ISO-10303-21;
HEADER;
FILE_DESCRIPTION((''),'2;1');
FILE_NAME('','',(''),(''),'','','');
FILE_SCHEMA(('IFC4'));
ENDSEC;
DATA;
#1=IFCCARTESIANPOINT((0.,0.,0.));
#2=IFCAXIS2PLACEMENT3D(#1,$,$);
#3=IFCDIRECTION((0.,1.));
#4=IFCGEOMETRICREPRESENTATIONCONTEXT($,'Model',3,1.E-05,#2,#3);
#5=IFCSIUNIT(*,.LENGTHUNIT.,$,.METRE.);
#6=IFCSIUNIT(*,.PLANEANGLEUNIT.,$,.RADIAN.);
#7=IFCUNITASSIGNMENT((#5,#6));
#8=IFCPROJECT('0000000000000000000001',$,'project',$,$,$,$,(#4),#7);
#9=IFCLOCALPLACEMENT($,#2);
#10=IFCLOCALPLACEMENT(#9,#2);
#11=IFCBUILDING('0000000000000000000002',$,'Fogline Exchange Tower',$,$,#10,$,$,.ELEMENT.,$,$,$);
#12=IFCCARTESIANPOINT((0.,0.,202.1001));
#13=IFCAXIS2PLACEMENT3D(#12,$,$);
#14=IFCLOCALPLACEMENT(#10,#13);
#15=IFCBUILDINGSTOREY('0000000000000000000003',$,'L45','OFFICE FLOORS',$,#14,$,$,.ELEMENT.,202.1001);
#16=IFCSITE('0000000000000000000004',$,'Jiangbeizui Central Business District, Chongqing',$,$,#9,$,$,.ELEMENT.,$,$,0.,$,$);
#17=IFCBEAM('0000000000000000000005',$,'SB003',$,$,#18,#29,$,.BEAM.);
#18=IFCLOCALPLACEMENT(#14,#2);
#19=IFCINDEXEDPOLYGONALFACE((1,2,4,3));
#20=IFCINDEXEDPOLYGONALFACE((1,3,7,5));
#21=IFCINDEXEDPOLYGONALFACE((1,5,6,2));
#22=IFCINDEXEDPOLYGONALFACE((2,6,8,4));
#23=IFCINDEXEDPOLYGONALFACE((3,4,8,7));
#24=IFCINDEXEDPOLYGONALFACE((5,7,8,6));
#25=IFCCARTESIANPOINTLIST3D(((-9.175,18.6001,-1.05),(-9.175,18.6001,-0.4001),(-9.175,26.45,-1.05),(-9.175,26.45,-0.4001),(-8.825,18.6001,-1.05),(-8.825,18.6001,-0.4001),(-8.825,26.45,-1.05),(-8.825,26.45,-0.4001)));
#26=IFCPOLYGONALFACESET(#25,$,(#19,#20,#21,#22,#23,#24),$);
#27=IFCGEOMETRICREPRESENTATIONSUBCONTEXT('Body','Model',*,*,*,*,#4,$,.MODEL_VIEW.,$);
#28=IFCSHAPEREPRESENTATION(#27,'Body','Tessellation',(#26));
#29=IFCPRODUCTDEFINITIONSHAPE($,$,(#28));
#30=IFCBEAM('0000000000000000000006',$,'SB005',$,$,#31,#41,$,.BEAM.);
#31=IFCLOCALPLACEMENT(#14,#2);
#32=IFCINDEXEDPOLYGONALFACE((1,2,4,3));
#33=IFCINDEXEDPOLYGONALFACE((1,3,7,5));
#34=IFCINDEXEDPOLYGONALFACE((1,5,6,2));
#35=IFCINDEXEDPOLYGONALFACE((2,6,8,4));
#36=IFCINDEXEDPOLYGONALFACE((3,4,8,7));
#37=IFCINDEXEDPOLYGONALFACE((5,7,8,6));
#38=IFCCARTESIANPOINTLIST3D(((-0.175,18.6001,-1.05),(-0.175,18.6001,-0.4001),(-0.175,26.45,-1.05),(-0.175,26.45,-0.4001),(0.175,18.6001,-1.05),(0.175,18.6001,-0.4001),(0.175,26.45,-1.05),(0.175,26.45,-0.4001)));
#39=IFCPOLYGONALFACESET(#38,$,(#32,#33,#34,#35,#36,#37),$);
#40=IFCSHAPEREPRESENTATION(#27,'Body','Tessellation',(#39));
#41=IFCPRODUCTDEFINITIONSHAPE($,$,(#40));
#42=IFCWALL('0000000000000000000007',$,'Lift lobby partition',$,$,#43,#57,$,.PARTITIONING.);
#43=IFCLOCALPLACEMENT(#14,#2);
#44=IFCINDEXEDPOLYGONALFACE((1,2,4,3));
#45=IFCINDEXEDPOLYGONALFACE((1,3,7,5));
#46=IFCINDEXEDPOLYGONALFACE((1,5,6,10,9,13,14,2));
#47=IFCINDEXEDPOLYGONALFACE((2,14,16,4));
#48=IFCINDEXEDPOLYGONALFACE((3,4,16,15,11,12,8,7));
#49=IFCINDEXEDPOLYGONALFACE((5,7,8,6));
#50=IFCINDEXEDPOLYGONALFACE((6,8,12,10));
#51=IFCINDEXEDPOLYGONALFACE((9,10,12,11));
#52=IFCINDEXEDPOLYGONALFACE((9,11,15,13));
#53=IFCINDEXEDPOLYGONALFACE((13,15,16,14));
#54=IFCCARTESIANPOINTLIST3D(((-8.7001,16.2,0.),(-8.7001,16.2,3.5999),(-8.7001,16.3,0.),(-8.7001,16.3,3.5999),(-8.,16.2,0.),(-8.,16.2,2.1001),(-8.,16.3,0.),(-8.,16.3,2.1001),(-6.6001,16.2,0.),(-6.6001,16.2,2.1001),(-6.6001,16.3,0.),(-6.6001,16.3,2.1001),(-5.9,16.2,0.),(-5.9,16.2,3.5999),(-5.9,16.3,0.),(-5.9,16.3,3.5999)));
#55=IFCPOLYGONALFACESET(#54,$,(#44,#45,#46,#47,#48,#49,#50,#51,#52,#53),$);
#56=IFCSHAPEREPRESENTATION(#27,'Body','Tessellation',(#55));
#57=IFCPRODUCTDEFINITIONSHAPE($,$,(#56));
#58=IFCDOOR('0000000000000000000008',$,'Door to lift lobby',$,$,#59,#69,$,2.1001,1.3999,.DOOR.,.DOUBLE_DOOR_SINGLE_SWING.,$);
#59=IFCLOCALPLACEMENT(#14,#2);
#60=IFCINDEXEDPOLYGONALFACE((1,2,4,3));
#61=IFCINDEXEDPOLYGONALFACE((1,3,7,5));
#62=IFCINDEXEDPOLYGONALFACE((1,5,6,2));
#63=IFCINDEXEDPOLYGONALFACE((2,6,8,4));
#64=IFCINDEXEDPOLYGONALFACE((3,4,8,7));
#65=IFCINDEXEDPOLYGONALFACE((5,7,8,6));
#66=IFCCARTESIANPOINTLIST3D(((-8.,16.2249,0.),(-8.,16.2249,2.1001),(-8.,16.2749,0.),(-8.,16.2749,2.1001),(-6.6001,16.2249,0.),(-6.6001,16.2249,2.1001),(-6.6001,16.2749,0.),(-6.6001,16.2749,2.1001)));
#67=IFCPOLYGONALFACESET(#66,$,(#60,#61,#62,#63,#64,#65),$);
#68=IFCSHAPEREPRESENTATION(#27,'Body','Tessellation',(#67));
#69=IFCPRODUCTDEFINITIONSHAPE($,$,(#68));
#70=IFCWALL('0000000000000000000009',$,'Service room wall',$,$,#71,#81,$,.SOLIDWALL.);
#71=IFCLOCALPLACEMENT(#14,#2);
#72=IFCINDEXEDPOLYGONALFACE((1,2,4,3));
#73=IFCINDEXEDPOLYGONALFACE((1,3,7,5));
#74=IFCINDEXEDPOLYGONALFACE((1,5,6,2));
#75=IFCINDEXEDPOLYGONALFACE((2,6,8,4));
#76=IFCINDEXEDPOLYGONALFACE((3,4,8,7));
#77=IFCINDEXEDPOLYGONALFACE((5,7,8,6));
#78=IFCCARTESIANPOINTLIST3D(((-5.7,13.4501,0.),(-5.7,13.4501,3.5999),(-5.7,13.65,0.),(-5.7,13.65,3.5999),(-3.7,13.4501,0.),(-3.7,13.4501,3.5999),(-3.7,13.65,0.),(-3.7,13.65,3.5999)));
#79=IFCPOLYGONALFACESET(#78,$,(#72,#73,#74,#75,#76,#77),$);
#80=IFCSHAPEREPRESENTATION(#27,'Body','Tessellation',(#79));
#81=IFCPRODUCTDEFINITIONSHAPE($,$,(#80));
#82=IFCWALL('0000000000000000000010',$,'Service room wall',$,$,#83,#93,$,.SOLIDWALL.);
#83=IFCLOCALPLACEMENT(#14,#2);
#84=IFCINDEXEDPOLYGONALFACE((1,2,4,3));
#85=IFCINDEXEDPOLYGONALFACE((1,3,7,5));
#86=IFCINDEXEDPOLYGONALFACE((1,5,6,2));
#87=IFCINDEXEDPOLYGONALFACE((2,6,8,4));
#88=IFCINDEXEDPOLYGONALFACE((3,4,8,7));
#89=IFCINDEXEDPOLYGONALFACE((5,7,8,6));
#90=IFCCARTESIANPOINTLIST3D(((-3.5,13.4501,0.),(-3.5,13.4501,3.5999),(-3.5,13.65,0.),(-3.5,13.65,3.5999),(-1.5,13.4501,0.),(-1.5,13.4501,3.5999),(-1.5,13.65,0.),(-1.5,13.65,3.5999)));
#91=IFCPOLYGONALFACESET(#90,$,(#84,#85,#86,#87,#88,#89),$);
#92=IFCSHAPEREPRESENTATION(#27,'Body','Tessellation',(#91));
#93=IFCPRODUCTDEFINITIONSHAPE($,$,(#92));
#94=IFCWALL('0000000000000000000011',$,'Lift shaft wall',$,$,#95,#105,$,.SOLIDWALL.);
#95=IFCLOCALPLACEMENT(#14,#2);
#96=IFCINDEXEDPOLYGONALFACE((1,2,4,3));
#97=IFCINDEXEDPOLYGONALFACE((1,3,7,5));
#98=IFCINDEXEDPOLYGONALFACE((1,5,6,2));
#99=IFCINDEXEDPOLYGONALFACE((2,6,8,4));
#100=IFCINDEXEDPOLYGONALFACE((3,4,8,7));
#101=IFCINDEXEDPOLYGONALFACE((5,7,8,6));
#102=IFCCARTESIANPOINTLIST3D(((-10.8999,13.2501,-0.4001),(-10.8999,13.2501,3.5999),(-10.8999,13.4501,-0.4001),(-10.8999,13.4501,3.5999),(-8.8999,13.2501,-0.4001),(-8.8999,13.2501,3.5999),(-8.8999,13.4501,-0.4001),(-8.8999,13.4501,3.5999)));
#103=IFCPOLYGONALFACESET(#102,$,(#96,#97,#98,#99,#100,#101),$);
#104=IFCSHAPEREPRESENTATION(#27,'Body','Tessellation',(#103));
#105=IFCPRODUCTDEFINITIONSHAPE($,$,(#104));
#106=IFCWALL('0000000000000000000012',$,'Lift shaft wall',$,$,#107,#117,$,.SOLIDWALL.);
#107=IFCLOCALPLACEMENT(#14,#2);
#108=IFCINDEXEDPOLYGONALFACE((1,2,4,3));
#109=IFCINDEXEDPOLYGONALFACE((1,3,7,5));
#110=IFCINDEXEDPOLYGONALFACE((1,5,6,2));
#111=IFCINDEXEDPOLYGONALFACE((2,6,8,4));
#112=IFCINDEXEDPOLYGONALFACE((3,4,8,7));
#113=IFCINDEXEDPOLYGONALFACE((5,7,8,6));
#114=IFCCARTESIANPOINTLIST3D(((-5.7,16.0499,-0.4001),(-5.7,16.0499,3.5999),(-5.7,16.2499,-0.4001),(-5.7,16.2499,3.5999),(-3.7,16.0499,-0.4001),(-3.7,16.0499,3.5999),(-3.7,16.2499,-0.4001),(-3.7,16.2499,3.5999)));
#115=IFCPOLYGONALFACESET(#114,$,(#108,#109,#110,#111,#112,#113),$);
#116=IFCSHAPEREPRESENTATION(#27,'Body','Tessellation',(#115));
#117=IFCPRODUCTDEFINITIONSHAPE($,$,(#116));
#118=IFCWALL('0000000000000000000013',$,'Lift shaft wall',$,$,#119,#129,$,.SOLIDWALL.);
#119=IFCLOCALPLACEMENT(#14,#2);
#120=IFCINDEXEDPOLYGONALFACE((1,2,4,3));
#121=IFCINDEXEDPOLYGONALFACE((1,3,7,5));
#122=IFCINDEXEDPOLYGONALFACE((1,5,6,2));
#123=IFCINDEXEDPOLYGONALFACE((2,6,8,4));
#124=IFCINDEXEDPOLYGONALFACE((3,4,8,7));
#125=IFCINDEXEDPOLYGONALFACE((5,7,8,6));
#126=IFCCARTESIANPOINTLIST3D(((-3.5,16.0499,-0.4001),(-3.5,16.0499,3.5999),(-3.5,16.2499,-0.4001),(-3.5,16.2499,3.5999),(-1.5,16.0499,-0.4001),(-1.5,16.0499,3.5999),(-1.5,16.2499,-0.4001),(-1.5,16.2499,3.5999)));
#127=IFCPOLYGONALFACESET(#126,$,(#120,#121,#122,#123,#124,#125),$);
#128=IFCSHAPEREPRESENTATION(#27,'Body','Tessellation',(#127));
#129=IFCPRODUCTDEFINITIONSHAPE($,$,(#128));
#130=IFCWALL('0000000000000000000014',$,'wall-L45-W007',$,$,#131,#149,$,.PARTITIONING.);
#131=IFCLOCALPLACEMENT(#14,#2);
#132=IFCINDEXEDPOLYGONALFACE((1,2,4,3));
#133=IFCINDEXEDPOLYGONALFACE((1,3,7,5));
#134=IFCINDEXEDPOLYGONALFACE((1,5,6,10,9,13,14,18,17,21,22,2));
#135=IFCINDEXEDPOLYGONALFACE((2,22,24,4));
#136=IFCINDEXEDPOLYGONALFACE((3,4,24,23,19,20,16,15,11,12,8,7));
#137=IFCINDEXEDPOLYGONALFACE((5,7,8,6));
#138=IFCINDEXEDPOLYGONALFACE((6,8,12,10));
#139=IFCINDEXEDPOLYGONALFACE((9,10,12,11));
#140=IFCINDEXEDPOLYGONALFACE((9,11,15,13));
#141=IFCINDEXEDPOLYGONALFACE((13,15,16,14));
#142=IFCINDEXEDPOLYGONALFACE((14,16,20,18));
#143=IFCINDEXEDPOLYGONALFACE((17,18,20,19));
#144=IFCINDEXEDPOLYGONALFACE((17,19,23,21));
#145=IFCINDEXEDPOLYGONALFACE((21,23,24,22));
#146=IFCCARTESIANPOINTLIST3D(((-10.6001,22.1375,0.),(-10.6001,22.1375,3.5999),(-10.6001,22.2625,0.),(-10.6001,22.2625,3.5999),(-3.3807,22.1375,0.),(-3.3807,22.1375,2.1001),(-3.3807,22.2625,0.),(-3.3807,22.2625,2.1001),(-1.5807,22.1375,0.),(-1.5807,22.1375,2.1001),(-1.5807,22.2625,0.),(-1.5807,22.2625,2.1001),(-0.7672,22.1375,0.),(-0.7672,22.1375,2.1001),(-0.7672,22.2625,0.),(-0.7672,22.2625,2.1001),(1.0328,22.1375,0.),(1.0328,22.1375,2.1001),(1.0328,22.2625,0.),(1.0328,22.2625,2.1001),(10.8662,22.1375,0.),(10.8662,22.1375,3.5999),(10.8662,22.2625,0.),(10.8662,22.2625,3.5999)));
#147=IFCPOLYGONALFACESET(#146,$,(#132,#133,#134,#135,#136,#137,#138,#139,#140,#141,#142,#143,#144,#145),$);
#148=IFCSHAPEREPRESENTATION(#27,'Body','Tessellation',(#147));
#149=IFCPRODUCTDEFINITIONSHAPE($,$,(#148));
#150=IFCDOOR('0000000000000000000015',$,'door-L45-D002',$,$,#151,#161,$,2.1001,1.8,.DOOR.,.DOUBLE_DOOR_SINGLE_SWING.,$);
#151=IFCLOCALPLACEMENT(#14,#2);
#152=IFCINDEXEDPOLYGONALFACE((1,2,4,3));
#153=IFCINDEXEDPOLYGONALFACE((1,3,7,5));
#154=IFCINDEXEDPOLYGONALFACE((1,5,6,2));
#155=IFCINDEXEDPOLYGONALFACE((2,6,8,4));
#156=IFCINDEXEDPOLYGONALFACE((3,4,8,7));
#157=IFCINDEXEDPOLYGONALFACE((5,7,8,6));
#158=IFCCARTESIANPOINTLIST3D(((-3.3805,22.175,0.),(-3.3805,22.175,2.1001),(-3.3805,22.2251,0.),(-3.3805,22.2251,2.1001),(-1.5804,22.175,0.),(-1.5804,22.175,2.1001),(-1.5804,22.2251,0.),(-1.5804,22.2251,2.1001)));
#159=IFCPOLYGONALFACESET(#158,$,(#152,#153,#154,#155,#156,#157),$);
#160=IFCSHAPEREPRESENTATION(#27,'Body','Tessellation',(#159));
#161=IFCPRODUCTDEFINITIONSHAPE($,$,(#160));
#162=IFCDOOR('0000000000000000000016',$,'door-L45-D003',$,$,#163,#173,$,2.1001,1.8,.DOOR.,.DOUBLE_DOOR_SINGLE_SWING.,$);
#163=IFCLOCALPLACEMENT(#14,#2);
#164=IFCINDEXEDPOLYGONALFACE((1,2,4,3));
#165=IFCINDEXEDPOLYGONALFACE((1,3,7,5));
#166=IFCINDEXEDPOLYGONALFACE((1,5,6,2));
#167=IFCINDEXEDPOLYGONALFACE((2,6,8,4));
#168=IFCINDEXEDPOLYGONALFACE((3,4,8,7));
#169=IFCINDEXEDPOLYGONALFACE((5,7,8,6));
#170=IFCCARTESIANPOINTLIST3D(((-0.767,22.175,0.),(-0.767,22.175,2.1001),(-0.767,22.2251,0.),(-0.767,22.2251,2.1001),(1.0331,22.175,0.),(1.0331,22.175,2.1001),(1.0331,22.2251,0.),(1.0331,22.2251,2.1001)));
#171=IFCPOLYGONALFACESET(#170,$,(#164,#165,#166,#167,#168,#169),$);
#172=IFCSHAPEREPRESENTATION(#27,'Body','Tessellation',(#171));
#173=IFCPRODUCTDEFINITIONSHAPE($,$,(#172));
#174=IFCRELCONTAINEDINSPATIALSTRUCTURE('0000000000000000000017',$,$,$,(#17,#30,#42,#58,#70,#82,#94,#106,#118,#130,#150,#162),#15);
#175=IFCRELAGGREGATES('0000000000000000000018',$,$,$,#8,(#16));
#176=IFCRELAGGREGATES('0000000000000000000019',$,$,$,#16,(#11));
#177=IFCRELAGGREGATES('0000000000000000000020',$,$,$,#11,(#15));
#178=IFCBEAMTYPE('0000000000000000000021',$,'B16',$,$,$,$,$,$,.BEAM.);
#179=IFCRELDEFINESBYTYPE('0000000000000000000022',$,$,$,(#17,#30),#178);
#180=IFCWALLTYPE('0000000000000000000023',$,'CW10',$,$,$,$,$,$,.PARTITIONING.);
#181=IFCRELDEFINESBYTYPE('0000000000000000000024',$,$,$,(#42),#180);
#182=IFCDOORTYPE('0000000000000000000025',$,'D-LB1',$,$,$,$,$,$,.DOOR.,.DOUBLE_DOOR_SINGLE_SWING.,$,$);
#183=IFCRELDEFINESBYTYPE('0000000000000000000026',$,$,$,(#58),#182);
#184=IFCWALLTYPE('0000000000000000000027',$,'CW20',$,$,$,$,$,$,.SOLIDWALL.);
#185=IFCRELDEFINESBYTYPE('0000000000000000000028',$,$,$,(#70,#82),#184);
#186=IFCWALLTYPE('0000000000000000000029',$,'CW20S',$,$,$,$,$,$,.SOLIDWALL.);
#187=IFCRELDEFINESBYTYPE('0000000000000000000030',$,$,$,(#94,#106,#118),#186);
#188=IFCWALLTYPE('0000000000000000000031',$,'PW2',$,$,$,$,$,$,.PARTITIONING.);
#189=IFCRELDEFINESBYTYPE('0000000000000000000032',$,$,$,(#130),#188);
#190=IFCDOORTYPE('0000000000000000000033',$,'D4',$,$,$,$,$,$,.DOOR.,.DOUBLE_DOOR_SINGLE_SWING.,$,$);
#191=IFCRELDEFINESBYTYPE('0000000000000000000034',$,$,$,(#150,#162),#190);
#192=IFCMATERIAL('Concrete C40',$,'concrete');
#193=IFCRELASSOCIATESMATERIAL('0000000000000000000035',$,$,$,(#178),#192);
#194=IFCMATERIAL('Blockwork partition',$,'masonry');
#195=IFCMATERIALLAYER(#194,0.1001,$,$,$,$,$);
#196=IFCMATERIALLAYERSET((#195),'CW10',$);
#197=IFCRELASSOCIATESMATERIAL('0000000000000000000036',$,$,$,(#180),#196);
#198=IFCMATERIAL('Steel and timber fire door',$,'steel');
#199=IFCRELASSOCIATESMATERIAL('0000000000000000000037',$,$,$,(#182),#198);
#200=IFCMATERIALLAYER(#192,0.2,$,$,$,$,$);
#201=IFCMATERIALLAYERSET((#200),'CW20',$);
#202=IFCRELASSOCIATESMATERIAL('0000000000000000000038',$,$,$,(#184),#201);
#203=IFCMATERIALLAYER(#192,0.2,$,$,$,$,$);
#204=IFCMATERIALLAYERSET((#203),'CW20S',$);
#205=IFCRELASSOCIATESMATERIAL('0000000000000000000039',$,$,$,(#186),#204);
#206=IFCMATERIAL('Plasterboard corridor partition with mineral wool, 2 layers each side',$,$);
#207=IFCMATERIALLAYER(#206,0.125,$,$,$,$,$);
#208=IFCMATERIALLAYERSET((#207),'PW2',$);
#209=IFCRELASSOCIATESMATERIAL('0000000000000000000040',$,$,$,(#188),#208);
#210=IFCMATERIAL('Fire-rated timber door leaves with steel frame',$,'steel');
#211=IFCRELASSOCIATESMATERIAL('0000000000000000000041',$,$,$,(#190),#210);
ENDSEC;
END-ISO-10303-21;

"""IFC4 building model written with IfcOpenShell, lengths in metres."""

from ifc_helpers import new_model, si_unit, direction, frame, frame_2d, origin, origin_2d, place, context, subcontext, project, spatial, rectangle, extrude, material, layer, layer_set, material_profile, profile_set, type_object, element, fill, save


model = new_model("IFC4")

# Units and contexts
model_context = context("Model", 3, precision=1e-05, world=origin(), true_north=direction((0.0, 1.0)))
body_context = subcontext(model_context, "Body", "Model", "MODEL_VIEW")
ifc_project = project(units=[si_unit("LENGTHUNIT", "METRE"), si_unit("PLANEANGLEUNIT", "RADIAN")], contexts=[model_context])

# Site, building, storey
site_placement = place(None, origin())
site = spatial("IfcSite", under=ifc_project, at=site_placement, Name="Jiangbeizui Central Business District, Chongqing", CompositionType="ELEMENT", RefElevation=0.0)
building_placement = place(site_placement, origin())
building = spatial("IfcBuilding", under=site, at=building_placement, Name="Fogline Exchange Tower", CompositionType="ELEMENT")
storey_placement = place(building_placement, frame((0.0, 0.0, 202.1001)))
storey = spatial("IfcBuildingStorey", under=building, at=storey_placement, Name="L45", Description="OFFICE FLOORS", CompositionType="ELEMENT", Elevation=202.1001)

# Beams
ifc_material_1 = material(Name="Concrete C40", Category="concrete")
ifc_material_profile = material_profile(ifc_material_1, rectangle(XDim=0.3501, YDim=0.6499, at=origin_2d()), Name="RC 350x650")
ifc_profile_set = profile_set([ifc_material_profile], Name="Concrete C40")
beam_type = type_object("IfcBeamType", Name="B16", PredefinedType="BEAM", material=ifc_profile_set)
for number, where, z_axis, x_axis, name in (
    (1, (-9.0, 18.6001, -0.7251), (0.0, 1.0, 0.0), (-1.0, 0.0, 0.0), "SB003"),
    (2, (0.0, 18.6001, -0.7251), (0.0, 1.0, 0.0), (-1.0, 0.0, 0.0), "SB005"),
):
    element("IfcBeam", number, at=place(storey_placement, frame(where, z_axis=z_axis, x_axis=x_axis)), inside=storey, type_object=beam_type, Name=name, PredefinedType="BEAM", context=body_context, shape_type="SweptSolid", body=[
        extrude(rectangle(XDim=0.3501, YDim=0.6499, at=origin_2d()), origin(), (0.0, 0.0, 1.0), 7.8499),
    ])

# Wall, opening, door
ifc_material_2 = material(Name="Blockwork partition", Category="masonry")
ifc_layer_1 = layer(ifc_material_2, 0.1001)
ifc_layer_set_1 = layer_set([ifc_layer_1], Name="CW10")
wall_type_1 = type_object("IfcWallType", Name="CW10", PredefinedType="PARTITIONING", material=ifc_layer_set_1)
wall_1_placement = place(storey_placement, frame((-8.7, 16.25, 0.0), z_axis=(0.0, 0.0, 1.0), x_axis=(1.0, 0.0, 0.0)))
wall_1 = element("IfcWall", 3, at=wall_1_placement, inside=storey, type_object=wall_type_1, Name="Lift lobby partition", PredefinedType="PARTITIONING", context=body_context, shape_type="SweptSolid", body=[
    extrude(rectangle(XDim=2.8, YDim=0.1001, at=frame_2d((1.3999, 0.0))), origin(), (0.0, 0.0, 1.0), 3.5999),
])
opening_1_placement = place(wall_1_placement, frame((0.7, 0.0, 0.0)))
opening_1 = element("IfcOpeningElement", 4, at=opening_1_placement, cuts=wall_1, PredefinedType="OPENING", context=body_context, shape_type="SweptSolid", body=[
    extrude(rectangle(XDim=1.3999, YDim=2.1001, at=frame_2d((0.7, 1.05))), frame((0.0, 0.0601, 0.0), z_axis=(0.0, -1.0, 0.0), x_axis=(1.0, 0.0, 0.0)), (0.0, 0.0, 1.0), 0.1201),
])
ifc_material_3 = material(Name="Steel and timber fire door", Category="steel")
door_type_1 = type_object("IfcDoorType", Name="D-LB1", OperationType="DOUBLE_DOOR_SINGLE_SWING", PredefinedType="DOOR", material=ifc_material_3)
door_1_placement = place(opening_1_placement, origin())
door_1 = element("IfcDoor", 5, at=door_1_placement, inside=storey, type_object=door_type_1, Name="Door to lift lobby", OperationType="DOUBLE_DOOR_SINGLE_SWING", OverallHeight=2.1001, OverallWidth=1.3999, PredefinedType="DOOR", context=body_context, shape_type="SweptSolid", body=[
    extrude(rectangle(XDim=1.3999, YDim=2.1001, at=frame_2d((0.7, 1.05))), frame((0.0, 0.0249, 0.0), z_axis=(0.0, -1.0, 0.0), x_axis=(1.0, 0.0, 0.0)), (0.0, 0.0, 1.0), 0.05),
])
fill(opening_1, door_1)

# Walls
ifc_layer_2 = layer(ifc_material_1, 0.2)
ifc_layer_set_2 = layer_set([ifc_layer_2], Name="CW20")
wall_type_2 = type_object("IfcWallType", Name="CW20", PredefinedType="SOLIDWALL", material=ifc_layer_set_2)
for number, where, z_axis, x_axis, name in (
    (6, (-5.7, 13.55, 0.0), (0.0, 0.0, 1.0), (1.0, 0.0, 0.0), "Service room wall"),
    (7, (-3.5, 13.55, 0.0), (0.0, 0.0, 1.0), (1.0, 0.0, 0.0), "Service room wall"),
):
    element("IfcWall", number, at=place(storey_placement, frame(where, z_axis=z_axis, x_axis=x_axis)), inside=storey, type_object=wall_type_2, Name=name, PredefinedType="SOLIDWALL", context=body_context, shape_type="SweptSolid", body=[
        extrude(rectangle(XDim=2.0, YDim=0.2, at=frame_2d((1.0, 0.0))), origin(), (0.0, 0.0, 1.0), 3.5999),
    ])
ifc_layer_3 = layer(ifc_material_1, 0.2)
ifc_layer_set_3 = layer_set([ifc_layer_3], Name="CW20S")
wall_type_3 = type_object("IfcWallType", Name="CW20S", PredefinedType="SOLIDWALL", material=ifc_layer_set_3)
for number, where, z_axis, x_axis, name in (
    (8, (-10.8999, 13.3501, -0.4001), (0.0, 0.0, 1.0), (1.0, 0.0, 0.0), "Lift shaft wall"),
    (9, (-5.7, 16.1499, -0.4001), (0.0, 0.0, 1.0), (1.0, 0.0, 0.0), "Lift shaft wall"),
    (10, (-3.5, 16.1499, -0.4001), (0.0, 0.0, 1.0), (1.0, 0.0, 0.0), "Lift shaft wall"),
):
    element("IfcWall", number, at=place(storey_placement, frame(where, z_axis=z_axis, x_axis=x_axis)), inside=storey, type_object=wall_type_3, Name=name, PredefinedType="SOLIDWALL", context=body_context, shape_type="SweptSolid", body=[
        extrude(rectangle(XDim=2.0, YDim=0.2, at=frame_2d((1.0, 0.0))), origin(), (0.0, 0.0, 1.0), 4.0),
    ])

# Wall, openings, doors
ifc_material_4 = material(Name="Plasterboard corridor partition with mineral wool, 2 layers each side")
ifc_layer_4 = layer(ifc_material_4, 0.125)
ifc_layer_set_4 = layer_set([ifc_layer_4], Name="PW2")
wall_type_4 = type_object("IfcWallType", Name="PW2", PredefinedType="PARTITIONING", material=ifc_layer_set_4)
wall_2_placement = place(storey_placement, frame((-10.6001, 22.2, 0.0), z_axis=(0.0, 0.0, 1.0), x_axis=(1.0, 0.0, 0.0)))
wall_2 = element("IfcWall", 11, at=wall_2_placement, inside=storey, type_object=wall_type_4, Name="wall-L45-W007", PredefinedType="PARTITIONING", context=body_context, shape_type="SweptSolid", body=[
    extrude(rectangle(XDim=21.4663, YDim=0.125, at=frame_2d((10.7332, 0.0))), origin(), (0.0, 0.0, 1.0), 3.5999),
])
opening_2_placement = place(wall_2_placement, frame((7.2195, 0.0, 0.0)))
opening_2 = element("IfcOpeningElement", 12, at=opening_2_placement, cuts=wall_2, PredefinedType="OPENING", context=body_context, shape_type="SweptSolid", body=[
    extrude(rectangle(XDim=1.8, YDim=2.1001, at=frame_2d((0.8999, 1.05))), frame((0.0, 0.0725, 0.0), z_axis=(0.0, -1.0, 0.0), x_axis=(1.0, 0.0, 0.0)), (0.0, 0.0, 1.0), 0.145),
])
opening_3_placement = place(wall_2_placement, frame((9.833, 0.0, 0.0)))
opening_3 = element("IfcOpeningElement", 13, at=opening_3_placement, cuts=wall_2, PredefinedType="OPENING", context=body_context, shape_type="SweptSolid", body=[
    extrude(rectangle(XDim=1.8, YDim=2.1001, at=frame_2d((0.8999, 1.05))), frame((0.0, 0.0725, 0.0), z_axis=(0.0, -1.0, 0.0), x_axis=(1.0, 0.0, 0.0)), (0.0, 0.0, 1.0), 0.145),
])
ifc_material_5 = material(Name="Fire-rated timber door leaves with steel frame", Category="steel")
door_type_2 = type_object("IfcDoorType", Name="D4", OperationType="DOUBLE_DOOR_SINGLE_SWING", PredefinedType="DOOR", material=ifc_material_5)
door_2_placement = place(opening_2_placement, frame((1.8, 0.0, 0.0), z_axis=(0.0, 0.0, 1.0), x_axis=(-1.0, 0.0, 0.0)))
door_2 = element("IfcDoor", 14, at=door_2_placement, inside=storey, type_object=door_type_2, Name="door-L45-D002", OperationType="DOUBLE_DOOR_SINGLE_SWING", OverallHeight=2.1001, OverallWidth=1.8, PredefinedType="DOOR", context=body_context, shape_type="SweptSolid", body=[
    extrude(rectangle(XDim=1.8, YDim=2.1001, at=frame_2d((0.8999, 1.05))), frame((0.0, 0.0249, 0.0), z_axis=(0.0, -1.0, 0.0), x_axis=(1.0, 0.0, 0.0)), (0.0, 0.0, 1.0), 0.05),
])
fill(opening_2, door_2)
door_3_placement = place(opening_3_placement, frame((1.8, 0.0, 0.0), z_axis=(0.0, 0.0, 1.0), x_axis=(-1.0, 0.0, 0.0)))
door_3 = element("IfcDoor", 15, at=door_3_placement, inside=storey, type_object=door_type_2, Name="door-L45-D003", OperationType="DOUBLE_DOOR_SINGLE_SWING", OverallHeight=2.1001, OverallWidth=1.8, PredefinedType="DOOR", context=body_context, shape_type="SweptSolid", body=[
    extrude(rectangle(XDim=1.8, YDim=2.1001, at=frame_2d((0.8999, 1.05))), frame((0.0, 0.0249, 0.0), z_axis=(0.0, -1.0, 0.0), x_axis=(1.0, 0.0, 0.0)), (0.0, 0.0, 1.0), 0.05),
])
fill(opening_3, door_3)

save(model, "model.ifc")
